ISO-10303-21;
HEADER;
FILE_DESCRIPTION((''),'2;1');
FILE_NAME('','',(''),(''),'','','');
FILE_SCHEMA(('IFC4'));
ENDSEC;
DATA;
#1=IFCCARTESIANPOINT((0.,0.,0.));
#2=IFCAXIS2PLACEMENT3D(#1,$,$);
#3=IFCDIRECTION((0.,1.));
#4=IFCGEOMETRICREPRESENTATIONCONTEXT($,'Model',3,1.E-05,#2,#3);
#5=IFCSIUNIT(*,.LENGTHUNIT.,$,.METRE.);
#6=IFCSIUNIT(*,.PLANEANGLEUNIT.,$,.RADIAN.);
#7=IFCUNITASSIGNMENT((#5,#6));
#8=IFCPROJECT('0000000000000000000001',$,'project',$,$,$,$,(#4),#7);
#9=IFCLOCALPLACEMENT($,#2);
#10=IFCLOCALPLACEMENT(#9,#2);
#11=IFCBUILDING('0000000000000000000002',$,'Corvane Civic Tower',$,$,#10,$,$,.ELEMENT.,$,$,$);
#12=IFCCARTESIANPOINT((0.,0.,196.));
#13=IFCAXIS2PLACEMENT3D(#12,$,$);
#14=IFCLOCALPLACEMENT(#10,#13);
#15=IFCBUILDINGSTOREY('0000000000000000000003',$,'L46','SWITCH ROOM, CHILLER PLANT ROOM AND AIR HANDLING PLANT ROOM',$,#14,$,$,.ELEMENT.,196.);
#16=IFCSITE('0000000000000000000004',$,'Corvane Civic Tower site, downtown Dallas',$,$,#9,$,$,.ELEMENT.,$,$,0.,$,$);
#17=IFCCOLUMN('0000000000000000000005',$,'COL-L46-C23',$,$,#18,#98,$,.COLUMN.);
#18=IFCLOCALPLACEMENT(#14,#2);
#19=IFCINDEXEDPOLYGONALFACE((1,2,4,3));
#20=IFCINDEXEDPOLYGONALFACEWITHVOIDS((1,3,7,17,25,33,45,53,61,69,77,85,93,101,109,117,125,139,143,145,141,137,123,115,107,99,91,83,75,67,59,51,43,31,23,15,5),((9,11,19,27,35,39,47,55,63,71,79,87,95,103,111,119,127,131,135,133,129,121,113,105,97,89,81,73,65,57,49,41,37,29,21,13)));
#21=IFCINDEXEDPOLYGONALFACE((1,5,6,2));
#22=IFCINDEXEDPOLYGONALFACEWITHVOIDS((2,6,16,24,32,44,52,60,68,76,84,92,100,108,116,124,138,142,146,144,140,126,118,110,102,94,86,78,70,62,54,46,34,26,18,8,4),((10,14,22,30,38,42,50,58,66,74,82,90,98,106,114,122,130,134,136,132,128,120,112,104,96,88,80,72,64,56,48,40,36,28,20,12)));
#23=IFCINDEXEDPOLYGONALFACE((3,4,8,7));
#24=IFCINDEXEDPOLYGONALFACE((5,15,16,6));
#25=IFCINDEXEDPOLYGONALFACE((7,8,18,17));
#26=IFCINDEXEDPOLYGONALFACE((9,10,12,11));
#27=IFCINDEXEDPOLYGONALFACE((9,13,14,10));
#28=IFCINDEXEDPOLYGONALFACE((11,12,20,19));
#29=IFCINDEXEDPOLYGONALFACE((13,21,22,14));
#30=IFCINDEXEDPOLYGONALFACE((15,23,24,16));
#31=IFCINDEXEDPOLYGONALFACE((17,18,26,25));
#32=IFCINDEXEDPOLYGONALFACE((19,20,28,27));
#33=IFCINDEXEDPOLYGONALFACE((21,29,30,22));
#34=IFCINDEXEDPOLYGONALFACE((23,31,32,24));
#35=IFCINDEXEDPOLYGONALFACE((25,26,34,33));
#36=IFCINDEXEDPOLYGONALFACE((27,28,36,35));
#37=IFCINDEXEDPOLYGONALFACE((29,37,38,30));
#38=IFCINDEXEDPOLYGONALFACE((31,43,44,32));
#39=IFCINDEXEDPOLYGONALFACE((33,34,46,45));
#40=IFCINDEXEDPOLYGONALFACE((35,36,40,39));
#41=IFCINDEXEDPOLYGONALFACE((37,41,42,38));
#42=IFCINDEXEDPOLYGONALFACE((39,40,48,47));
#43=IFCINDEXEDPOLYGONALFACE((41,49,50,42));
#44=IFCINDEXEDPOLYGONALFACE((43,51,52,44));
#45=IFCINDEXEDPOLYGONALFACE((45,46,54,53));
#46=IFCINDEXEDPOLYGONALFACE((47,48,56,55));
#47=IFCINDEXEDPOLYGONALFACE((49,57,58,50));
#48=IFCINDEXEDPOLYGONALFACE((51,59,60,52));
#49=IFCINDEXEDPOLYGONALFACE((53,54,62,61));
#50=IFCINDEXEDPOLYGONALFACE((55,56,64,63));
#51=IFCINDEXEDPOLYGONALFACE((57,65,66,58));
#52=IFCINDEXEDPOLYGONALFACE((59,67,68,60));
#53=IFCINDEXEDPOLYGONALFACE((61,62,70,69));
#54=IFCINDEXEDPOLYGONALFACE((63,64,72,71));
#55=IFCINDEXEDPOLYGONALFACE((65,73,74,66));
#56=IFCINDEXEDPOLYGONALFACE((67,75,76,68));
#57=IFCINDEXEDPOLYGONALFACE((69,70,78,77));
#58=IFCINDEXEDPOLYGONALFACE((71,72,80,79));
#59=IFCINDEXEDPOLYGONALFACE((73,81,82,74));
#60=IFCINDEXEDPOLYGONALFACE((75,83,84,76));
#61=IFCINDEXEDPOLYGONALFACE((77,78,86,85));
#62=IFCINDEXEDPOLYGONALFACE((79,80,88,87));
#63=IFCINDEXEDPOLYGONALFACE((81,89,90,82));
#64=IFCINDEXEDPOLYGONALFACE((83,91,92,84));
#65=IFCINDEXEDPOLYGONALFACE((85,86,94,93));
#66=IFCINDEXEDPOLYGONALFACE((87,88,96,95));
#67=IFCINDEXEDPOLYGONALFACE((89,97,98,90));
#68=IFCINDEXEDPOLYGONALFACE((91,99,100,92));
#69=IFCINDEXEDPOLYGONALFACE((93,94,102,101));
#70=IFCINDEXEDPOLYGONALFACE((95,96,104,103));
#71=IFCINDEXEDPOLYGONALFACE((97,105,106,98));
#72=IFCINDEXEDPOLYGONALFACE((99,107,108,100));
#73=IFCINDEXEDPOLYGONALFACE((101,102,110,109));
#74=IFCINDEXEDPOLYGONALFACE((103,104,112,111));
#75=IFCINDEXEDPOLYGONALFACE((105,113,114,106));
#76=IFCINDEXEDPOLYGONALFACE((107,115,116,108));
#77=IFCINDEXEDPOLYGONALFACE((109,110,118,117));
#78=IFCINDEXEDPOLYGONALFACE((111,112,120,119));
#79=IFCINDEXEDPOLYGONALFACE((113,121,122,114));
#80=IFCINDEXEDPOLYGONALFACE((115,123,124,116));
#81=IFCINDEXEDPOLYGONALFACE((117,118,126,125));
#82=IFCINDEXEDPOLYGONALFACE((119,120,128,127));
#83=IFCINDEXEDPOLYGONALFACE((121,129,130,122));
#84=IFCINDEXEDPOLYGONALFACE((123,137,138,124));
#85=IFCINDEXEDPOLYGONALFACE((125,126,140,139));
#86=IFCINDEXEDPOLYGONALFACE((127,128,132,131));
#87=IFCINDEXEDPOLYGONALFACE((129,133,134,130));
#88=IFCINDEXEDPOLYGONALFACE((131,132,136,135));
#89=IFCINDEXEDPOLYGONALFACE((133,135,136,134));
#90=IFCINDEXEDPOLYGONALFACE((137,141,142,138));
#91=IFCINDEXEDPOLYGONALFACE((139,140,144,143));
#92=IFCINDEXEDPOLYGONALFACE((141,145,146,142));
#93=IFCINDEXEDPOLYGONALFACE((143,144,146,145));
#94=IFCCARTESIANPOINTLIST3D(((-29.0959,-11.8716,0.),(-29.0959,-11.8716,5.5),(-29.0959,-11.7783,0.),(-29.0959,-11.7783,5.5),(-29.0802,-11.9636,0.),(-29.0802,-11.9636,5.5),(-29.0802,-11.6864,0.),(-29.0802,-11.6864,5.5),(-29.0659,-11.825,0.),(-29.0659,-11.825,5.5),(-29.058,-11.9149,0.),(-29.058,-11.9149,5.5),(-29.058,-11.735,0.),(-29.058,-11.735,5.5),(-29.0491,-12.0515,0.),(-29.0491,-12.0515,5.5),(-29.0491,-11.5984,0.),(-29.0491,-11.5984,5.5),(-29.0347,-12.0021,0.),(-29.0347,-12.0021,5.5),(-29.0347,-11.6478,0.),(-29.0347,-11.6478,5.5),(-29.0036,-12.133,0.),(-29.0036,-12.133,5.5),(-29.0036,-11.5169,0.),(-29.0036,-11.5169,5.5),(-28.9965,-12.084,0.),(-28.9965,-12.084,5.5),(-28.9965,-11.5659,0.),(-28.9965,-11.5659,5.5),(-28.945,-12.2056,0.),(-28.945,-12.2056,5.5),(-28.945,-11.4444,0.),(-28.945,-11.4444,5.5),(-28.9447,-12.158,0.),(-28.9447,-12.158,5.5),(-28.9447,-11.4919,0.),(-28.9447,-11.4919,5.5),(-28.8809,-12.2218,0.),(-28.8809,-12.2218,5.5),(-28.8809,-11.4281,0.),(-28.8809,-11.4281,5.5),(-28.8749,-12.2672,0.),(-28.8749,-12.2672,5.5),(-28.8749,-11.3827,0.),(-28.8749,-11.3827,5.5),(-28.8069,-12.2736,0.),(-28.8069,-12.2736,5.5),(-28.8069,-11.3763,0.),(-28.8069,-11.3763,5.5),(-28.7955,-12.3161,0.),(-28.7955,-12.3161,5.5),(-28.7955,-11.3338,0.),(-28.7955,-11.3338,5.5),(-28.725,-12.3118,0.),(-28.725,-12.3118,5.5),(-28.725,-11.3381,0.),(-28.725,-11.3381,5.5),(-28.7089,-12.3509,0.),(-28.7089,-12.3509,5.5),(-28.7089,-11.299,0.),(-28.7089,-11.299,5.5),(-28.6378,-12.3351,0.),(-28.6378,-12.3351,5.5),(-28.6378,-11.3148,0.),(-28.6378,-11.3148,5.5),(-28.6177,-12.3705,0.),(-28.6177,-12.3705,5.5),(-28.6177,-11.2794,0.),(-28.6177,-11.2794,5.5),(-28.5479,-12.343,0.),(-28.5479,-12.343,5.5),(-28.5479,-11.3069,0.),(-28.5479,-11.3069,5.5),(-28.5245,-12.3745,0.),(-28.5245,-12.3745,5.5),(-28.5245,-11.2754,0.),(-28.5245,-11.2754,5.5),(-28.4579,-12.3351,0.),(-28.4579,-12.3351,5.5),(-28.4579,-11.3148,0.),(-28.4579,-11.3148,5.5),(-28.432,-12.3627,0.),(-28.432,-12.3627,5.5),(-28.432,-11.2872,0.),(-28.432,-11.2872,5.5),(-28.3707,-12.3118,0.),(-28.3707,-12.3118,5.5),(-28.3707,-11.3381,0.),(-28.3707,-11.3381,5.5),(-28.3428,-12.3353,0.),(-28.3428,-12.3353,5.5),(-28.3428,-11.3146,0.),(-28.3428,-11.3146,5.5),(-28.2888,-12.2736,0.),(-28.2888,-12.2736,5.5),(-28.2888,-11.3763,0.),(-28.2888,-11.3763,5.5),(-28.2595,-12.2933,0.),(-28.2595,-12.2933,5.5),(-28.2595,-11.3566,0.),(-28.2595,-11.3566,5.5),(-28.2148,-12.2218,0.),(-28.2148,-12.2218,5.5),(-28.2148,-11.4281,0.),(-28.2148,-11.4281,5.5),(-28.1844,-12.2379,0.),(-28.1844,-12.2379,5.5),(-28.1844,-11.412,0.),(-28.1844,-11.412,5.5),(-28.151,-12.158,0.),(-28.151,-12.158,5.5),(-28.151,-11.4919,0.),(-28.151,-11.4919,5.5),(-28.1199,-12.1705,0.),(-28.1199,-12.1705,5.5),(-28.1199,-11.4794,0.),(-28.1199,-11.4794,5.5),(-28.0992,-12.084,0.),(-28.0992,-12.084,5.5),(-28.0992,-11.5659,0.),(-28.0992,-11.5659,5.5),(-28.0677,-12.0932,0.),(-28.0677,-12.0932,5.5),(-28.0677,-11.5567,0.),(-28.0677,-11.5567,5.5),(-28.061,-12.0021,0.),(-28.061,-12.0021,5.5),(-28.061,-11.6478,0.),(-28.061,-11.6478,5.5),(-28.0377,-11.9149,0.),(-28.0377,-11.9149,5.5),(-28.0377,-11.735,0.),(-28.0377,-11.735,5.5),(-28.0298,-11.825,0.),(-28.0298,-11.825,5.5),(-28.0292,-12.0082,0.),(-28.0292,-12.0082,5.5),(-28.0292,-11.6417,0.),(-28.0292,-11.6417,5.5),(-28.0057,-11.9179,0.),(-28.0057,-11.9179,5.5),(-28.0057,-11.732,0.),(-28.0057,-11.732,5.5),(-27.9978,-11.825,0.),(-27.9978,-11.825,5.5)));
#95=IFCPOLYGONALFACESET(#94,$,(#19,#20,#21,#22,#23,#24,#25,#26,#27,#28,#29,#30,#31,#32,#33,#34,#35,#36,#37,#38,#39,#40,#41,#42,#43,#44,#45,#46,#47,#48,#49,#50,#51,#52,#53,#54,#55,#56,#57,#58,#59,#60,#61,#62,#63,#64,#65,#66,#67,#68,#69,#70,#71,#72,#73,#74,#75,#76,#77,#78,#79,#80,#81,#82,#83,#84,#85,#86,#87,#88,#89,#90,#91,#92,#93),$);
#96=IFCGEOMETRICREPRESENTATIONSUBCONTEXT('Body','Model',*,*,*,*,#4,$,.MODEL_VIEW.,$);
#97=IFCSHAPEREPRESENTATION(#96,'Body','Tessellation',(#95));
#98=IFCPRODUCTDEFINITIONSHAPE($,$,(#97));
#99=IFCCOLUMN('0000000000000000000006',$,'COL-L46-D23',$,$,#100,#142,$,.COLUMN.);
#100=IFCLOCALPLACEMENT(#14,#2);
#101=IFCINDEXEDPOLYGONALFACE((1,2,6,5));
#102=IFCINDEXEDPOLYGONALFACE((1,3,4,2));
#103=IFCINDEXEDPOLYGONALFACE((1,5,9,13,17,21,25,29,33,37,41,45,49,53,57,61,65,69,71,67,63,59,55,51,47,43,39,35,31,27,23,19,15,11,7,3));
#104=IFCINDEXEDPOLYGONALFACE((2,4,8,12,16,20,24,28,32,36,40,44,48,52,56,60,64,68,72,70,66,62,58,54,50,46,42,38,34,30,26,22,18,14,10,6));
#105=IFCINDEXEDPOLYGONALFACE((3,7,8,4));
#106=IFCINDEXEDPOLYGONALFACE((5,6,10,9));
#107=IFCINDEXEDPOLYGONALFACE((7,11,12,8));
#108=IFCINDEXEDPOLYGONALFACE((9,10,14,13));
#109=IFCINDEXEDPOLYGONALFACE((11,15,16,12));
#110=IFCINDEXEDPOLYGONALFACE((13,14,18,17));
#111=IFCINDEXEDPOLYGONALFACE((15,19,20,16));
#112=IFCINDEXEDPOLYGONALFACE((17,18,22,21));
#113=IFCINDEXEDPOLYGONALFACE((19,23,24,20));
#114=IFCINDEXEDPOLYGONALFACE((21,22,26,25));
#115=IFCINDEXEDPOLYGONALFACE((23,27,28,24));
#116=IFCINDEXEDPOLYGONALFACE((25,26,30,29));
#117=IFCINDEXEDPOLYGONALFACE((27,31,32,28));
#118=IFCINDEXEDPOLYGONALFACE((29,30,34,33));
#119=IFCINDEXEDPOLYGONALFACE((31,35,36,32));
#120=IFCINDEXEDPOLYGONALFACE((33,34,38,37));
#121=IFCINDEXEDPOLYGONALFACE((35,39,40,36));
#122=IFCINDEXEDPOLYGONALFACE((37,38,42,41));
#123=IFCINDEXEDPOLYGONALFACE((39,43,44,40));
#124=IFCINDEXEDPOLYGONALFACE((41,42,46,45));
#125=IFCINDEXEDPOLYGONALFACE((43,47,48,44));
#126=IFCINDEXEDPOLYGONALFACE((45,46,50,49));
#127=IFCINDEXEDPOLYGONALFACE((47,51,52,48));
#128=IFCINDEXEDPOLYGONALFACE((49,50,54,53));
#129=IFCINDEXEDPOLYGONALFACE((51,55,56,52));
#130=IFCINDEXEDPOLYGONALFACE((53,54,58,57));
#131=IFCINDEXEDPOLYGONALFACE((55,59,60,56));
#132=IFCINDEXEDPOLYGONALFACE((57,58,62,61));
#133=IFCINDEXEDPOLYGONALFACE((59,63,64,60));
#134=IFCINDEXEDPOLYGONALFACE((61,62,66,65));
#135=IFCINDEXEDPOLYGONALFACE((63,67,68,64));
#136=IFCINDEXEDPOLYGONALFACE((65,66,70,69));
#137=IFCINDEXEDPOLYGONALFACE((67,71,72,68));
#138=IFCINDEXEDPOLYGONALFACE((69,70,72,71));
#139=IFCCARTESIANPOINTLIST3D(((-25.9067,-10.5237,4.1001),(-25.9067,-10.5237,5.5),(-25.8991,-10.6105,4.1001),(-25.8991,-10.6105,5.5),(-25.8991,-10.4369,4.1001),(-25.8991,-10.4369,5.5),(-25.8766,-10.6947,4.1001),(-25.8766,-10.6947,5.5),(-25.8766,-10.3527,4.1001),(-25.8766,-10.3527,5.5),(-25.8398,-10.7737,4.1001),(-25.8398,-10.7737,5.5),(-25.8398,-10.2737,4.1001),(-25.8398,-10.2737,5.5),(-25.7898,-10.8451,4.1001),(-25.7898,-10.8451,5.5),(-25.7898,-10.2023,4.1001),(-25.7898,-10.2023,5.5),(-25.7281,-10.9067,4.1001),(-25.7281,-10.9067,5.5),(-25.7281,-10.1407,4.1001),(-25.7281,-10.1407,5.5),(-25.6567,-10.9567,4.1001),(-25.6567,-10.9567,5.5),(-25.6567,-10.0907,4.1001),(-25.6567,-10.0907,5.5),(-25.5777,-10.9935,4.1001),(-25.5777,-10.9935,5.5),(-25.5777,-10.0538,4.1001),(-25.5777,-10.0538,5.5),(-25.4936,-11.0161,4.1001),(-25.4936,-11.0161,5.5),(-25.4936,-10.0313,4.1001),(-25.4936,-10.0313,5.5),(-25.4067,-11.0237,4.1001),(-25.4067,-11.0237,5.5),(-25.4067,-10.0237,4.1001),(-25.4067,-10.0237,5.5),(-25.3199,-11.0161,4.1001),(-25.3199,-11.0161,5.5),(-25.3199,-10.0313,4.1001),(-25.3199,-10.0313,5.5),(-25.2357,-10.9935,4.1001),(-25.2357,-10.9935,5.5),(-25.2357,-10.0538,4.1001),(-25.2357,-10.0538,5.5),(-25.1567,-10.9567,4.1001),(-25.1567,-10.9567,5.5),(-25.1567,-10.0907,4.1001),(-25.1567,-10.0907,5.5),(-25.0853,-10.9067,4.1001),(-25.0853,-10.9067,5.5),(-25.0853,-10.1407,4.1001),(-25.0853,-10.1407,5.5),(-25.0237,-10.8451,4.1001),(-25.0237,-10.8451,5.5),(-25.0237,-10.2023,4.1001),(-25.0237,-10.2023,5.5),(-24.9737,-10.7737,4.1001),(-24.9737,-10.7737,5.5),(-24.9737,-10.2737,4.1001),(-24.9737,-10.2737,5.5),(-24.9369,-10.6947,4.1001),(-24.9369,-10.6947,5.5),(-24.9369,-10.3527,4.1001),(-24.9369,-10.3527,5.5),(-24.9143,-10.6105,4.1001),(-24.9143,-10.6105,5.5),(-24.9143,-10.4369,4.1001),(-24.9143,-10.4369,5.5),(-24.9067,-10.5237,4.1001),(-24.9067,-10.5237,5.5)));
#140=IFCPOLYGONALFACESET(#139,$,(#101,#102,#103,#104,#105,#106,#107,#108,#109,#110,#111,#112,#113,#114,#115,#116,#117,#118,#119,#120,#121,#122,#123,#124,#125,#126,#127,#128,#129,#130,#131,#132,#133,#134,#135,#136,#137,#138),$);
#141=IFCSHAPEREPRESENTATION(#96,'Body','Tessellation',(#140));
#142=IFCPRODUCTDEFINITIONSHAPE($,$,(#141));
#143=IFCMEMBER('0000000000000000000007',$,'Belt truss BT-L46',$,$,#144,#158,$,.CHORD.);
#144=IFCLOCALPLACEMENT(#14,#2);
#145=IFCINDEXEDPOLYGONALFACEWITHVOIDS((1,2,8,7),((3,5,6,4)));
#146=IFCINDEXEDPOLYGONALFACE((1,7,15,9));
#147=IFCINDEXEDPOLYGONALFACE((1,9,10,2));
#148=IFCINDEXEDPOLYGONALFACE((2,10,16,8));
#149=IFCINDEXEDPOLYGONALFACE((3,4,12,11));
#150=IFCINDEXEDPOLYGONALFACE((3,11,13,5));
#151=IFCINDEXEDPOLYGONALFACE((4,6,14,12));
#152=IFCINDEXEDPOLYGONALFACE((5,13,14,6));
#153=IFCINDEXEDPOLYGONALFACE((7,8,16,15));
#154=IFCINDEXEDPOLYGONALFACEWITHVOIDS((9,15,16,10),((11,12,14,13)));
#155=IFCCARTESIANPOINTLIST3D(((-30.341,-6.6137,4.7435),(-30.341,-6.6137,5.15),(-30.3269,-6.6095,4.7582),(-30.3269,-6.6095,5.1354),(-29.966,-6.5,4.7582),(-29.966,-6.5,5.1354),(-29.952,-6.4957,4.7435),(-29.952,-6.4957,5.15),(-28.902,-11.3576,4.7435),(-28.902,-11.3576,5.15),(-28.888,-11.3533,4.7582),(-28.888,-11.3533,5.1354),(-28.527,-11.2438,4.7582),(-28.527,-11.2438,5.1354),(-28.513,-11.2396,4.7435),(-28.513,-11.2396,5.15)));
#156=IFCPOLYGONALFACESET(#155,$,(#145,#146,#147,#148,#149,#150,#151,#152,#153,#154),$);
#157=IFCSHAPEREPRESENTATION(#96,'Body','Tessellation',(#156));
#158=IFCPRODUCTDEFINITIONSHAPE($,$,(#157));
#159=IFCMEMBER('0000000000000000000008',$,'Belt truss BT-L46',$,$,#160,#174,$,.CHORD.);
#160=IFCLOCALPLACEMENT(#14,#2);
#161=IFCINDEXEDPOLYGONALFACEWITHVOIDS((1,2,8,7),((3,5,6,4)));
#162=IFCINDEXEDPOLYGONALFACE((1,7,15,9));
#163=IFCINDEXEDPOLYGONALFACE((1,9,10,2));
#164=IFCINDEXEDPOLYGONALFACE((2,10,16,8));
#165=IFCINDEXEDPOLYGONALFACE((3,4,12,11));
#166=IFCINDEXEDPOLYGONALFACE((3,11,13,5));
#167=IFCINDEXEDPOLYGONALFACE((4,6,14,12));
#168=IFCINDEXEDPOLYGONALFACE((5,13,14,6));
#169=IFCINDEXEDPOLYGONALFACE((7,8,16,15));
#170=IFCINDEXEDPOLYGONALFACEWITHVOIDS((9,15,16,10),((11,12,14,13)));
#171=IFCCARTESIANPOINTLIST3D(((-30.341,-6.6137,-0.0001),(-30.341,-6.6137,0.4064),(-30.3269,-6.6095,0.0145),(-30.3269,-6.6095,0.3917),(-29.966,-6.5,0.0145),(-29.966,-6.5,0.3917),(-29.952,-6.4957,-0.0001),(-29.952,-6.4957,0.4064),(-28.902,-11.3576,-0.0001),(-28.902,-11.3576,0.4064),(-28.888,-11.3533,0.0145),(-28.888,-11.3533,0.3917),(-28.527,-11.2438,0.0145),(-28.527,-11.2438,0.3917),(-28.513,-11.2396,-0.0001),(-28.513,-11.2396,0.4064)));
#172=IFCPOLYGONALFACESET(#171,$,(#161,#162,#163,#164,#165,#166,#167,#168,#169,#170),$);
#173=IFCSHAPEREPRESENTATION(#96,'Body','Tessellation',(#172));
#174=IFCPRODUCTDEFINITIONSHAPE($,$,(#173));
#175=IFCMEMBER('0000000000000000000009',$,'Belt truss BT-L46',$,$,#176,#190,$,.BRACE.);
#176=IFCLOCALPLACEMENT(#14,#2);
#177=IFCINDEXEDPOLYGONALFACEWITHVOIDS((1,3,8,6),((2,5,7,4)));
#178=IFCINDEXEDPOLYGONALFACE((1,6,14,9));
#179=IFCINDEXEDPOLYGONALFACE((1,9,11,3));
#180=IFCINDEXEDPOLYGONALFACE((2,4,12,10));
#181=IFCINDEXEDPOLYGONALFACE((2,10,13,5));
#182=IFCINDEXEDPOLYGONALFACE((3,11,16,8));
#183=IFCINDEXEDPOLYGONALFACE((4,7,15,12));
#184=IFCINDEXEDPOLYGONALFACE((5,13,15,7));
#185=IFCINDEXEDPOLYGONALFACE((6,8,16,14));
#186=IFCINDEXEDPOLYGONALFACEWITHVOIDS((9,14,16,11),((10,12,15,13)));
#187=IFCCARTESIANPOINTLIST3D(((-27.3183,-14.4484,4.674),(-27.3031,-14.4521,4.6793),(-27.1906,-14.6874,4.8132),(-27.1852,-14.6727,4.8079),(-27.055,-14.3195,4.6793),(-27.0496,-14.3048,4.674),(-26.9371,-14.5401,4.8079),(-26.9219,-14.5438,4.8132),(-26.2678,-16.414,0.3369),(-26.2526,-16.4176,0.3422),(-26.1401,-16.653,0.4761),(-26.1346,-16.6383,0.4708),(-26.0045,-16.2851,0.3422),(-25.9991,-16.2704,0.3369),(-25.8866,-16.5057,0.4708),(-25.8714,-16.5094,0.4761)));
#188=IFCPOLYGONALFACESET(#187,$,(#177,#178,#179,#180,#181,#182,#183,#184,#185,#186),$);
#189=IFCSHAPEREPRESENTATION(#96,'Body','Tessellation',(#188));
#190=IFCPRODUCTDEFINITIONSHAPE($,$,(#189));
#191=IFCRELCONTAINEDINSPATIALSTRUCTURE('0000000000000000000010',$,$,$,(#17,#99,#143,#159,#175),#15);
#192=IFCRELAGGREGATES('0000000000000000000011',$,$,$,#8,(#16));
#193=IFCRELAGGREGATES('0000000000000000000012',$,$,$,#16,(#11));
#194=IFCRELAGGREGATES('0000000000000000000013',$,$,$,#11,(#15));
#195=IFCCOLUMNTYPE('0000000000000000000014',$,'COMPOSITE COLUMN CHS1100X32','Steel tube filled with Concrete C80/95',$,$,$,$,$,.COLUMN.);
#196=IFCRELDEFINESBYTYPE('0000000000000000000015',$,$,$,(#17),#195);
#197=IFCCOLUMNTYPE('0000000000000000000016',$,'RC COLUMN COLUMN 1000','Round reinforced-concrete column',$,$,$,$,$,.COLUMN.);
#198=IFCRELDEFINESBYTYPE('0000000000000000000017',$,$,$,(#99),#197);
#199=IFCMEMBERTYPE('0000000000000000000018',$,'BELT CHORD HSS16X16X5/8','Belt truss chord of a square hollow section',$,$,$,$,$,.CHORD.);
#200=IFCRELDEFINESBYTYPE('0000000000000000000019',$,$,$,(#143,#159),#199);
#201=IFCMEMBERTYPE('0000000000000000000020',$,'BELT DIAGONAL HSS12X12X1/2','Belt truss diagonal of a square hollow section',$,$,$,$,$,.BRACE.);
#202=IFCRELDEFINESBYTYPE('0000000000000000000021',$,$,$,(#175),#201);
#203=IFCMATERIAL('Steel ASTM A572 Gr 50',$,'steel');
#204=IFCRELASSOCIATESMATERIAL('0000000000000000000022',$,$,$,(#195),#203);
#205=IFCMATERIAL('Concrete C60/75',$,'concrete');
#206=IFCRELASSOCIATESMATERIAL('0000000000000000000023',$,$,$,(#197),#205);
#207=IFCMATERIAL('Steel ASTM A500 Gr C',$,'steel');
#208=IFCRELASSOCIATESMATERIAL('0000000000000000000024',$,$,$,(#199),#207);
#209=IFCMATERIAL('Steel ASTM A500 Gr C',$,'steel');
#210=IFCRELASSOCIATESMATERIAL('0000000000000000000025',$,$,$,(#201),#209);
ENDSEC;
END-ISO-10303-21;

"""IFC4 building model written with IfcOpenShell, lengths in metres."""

from ifc_helpers import new_model, si_unit, direction, frame, origin, origin_2d, place, context, subcontext, project, spatial, hollow_rectangle, circle, hollow_circle, extrude, material, material_profile, profile_set, type_object, element, save


model = new_model("IFC4")

# Units and contexts
model_context = context("Model", 3, precision=1e-05, world=origin(), true_north=direction((0.0, 1.0)))
body_context = subcontext(model_context, "Body", "Model", "MODEL_VIEW")
ifc_project = project(units=[si_unit("LENGTHUNIT", "METRE"), si_unit("PLANEANGLEUNIT", "RADIAN")], contexts=[model_context])

# Site, building, storey
site_placement = place(None, origin())
site = spatial("IfcSite", under=ifc_project, at=site_placement, Name="Corvane Civic Tower site, downtown Dallas", CompositionType="ELEMENT", RefElevation=0.0)
building_placement = place(site_placement, origin())
building = spatial("IfcBuilding", under=site, at=building_placement, Name="Corvane Civic Tower", CompositionType="ELEMENT")
storey_placement = place(building_placement, frame((0.0, 0.0, 196.0)))
storey = spatial("IfcBuildingStorey", under=building, at=storey_placement, Name="L46", Description="SWITCH ROOM, CHILLER PLANT ROOM AND AIR HANDLING PLANT ROOM", CompositionType="ELEMENT", Elevation=196.0)

# Columns
ifc_material_1 = material(Name="Steel ASTM A572 Gr 50", Category="steel")
ifc_material_profile_1 = material_profile(ifc_material_1, hollow_circle(Radius=0.55, WallThickness=0.032, at=origin_2d()), Name="CHS1100X32")
ifc_profile_set_1 = profile_set([ifc_material_profile_1], Name="Steel ASTM A572 Gr 50")
column_type_1 = type_object("IfcColumnType", Name="COMPOSITE COLUMN CHS1100X32", Description="Steel tube filled with Concrete C80/95", PredefinedType="COLUMN", material=ifc_profile_set_1)
column_1_placement = place(storey_placement, frame((-28.5479, -11.825, 0.0), z_axis=(0.0, 0.0, 1.0), x_axis=(1.0, 0.0, 0.0)))
element("IfcColumn", 1, at=column_1_placement, inside=storey, type_object=column_type_1, Name="COL-L46-C23", PredefinedType="COLUMN", context=body_context, shape_type="SweptSolid", body=[
    extrude(hollow_circle(Radius=0.55, WallThickness=0.032, at=origin_2d()), origin(), (0.0, 0.0, 1.0), 5.5),
])
ifc_material_2 = material(Name="Concrete C60/75", Category="concrete")
ifc_material_profile_2 = material_profile(ifc_material_2, circle(Radius=0.5, at=origin_2d()), Name="COLUMN 1000")
ifc_profile_set_2 = profile_set([ifc_material_profile_2], Name="Concrete C60/75")
column_type_2 = type_object("IfcColumnType", Name="RC COLUMN COLUMN 1000", Description="Round reinforced-concrete column", PredefinedType="COLUMN", material=ifc_profile_set_2)
column_2_placement = place(storey_placement, frame((-25.4067, -10.5237, 4.1001), z_axis=(0.0, 0.0, 1.0), x_axis=(1.0, 0.0, 0.0)))
element("IfcColumn", 2, at=column_2_placement, inside=storey, type_object=column_type_2, Name="COL-L46-D23", PredefinedType="COLUMN", context=body_context, shape_type="SweptSolid", body=[
    extrude(circle(Radius=0.5, at=origin_2d()), origin(), (0.0, 0.0, 1.0), 1.3999),
])

# Members
ifc_material_3 = material(Name="Steel ASTM A500 Gr C", Category="steel")
ifc_material_profile_3 = material_profile(ifc_material_3, hollow_rectangle(XDim=0.4065, YDim=0.4065, WallThickness=0.0146, at=origin_2d()), Name="HSS16X16X5/8")
ifc_profile_set_3 = profile_set([ifc_material_profile_3], Name="Steel ASTM A500 Gr C")
member_type_1 = type_object("IfcMemberType", Name="BELT CHORD HSS16X16X5/8", Description="Belt truss chord of a square hollow section", PredefinedType="CHORD", material=ifc_profile_set_3)
for number, where, z_axis, x_axis, name in (
    (3, (-28.7075, -11.2986, 4.9468), (-0.29027, 0.956945, 0.0), (-0.956945, -0.29027, 0.0), "Belt truss BT-L46"),
    (4, (-28.7075, -11.2986, 0.2031), (-0.29027, 0.956945, 0.0), (-0.956945, -0.29027, 0.0), "Belt truss BT-L46"),
):
    element("IfcMember", number, at=place(storey_placement, frame(where, z_axis=z_axis, x_axis=x_axis)), inside=storey, type_object=member_type_1, Name=name, PredefinedType="CHORD", context=body_context, shape_type="SweptSolid", body=[
        extrude(hollow_rectangle(XDim=0.4065, YDim=0.4065, WallThickness=0.0146, at=origin_2d()), origin(), (0.0, 0.0, 1.0), 4.9573),
    ])
ifc_material_4 = material(Name="Steel ASTM A500 Gr C", Category="steel")
ifc_material_profile_4 = material_profile(ifc_material_4, hollow_rectangle(XDim=0.3047, YDim=0.3047, WallThickness=0.0117, at=origin_2d()), Name="HSS12X12X1/2")
ifc_profile_set_4 = profile_set([ifc_material_profile_4], Name="Steel ASTM A500 Gr C")
member_type_2 = type_object("IfcMemberType", Name="BELT DIAGONAL HSS12X12X1/2", Description="Belt truss diagonal of a square hollow section", PredefinedType="BRACE", material=ifc_profile_set_4)
for number, where, z_axis, x_axis, name in (
    (5, (-26.0696, -16.4617, 0.4065), (-0.215438, 0.40309, 0.889441), (-0.881937, -0.471367, 0.0), "Belt truss BT-L46"),
):
    element("IfcMember", number, at=place(storey_placement, frame(where, z_axis=z_axis, x_axis=x_axis)), inside=storey, type_object=member_type_2, Name=name, PredefinedType="BRACE", context=body_context, shape_type="SweptSolid", body=[
        extrude(hollow_rectangle(XDim=0.3047, YDim=0.3047, WallThickness=0.0117, at=origin_2d()), origin(), (0.0, 0.0, 1.0), 4.8762),
    ])

save(model, "model.ifc")
